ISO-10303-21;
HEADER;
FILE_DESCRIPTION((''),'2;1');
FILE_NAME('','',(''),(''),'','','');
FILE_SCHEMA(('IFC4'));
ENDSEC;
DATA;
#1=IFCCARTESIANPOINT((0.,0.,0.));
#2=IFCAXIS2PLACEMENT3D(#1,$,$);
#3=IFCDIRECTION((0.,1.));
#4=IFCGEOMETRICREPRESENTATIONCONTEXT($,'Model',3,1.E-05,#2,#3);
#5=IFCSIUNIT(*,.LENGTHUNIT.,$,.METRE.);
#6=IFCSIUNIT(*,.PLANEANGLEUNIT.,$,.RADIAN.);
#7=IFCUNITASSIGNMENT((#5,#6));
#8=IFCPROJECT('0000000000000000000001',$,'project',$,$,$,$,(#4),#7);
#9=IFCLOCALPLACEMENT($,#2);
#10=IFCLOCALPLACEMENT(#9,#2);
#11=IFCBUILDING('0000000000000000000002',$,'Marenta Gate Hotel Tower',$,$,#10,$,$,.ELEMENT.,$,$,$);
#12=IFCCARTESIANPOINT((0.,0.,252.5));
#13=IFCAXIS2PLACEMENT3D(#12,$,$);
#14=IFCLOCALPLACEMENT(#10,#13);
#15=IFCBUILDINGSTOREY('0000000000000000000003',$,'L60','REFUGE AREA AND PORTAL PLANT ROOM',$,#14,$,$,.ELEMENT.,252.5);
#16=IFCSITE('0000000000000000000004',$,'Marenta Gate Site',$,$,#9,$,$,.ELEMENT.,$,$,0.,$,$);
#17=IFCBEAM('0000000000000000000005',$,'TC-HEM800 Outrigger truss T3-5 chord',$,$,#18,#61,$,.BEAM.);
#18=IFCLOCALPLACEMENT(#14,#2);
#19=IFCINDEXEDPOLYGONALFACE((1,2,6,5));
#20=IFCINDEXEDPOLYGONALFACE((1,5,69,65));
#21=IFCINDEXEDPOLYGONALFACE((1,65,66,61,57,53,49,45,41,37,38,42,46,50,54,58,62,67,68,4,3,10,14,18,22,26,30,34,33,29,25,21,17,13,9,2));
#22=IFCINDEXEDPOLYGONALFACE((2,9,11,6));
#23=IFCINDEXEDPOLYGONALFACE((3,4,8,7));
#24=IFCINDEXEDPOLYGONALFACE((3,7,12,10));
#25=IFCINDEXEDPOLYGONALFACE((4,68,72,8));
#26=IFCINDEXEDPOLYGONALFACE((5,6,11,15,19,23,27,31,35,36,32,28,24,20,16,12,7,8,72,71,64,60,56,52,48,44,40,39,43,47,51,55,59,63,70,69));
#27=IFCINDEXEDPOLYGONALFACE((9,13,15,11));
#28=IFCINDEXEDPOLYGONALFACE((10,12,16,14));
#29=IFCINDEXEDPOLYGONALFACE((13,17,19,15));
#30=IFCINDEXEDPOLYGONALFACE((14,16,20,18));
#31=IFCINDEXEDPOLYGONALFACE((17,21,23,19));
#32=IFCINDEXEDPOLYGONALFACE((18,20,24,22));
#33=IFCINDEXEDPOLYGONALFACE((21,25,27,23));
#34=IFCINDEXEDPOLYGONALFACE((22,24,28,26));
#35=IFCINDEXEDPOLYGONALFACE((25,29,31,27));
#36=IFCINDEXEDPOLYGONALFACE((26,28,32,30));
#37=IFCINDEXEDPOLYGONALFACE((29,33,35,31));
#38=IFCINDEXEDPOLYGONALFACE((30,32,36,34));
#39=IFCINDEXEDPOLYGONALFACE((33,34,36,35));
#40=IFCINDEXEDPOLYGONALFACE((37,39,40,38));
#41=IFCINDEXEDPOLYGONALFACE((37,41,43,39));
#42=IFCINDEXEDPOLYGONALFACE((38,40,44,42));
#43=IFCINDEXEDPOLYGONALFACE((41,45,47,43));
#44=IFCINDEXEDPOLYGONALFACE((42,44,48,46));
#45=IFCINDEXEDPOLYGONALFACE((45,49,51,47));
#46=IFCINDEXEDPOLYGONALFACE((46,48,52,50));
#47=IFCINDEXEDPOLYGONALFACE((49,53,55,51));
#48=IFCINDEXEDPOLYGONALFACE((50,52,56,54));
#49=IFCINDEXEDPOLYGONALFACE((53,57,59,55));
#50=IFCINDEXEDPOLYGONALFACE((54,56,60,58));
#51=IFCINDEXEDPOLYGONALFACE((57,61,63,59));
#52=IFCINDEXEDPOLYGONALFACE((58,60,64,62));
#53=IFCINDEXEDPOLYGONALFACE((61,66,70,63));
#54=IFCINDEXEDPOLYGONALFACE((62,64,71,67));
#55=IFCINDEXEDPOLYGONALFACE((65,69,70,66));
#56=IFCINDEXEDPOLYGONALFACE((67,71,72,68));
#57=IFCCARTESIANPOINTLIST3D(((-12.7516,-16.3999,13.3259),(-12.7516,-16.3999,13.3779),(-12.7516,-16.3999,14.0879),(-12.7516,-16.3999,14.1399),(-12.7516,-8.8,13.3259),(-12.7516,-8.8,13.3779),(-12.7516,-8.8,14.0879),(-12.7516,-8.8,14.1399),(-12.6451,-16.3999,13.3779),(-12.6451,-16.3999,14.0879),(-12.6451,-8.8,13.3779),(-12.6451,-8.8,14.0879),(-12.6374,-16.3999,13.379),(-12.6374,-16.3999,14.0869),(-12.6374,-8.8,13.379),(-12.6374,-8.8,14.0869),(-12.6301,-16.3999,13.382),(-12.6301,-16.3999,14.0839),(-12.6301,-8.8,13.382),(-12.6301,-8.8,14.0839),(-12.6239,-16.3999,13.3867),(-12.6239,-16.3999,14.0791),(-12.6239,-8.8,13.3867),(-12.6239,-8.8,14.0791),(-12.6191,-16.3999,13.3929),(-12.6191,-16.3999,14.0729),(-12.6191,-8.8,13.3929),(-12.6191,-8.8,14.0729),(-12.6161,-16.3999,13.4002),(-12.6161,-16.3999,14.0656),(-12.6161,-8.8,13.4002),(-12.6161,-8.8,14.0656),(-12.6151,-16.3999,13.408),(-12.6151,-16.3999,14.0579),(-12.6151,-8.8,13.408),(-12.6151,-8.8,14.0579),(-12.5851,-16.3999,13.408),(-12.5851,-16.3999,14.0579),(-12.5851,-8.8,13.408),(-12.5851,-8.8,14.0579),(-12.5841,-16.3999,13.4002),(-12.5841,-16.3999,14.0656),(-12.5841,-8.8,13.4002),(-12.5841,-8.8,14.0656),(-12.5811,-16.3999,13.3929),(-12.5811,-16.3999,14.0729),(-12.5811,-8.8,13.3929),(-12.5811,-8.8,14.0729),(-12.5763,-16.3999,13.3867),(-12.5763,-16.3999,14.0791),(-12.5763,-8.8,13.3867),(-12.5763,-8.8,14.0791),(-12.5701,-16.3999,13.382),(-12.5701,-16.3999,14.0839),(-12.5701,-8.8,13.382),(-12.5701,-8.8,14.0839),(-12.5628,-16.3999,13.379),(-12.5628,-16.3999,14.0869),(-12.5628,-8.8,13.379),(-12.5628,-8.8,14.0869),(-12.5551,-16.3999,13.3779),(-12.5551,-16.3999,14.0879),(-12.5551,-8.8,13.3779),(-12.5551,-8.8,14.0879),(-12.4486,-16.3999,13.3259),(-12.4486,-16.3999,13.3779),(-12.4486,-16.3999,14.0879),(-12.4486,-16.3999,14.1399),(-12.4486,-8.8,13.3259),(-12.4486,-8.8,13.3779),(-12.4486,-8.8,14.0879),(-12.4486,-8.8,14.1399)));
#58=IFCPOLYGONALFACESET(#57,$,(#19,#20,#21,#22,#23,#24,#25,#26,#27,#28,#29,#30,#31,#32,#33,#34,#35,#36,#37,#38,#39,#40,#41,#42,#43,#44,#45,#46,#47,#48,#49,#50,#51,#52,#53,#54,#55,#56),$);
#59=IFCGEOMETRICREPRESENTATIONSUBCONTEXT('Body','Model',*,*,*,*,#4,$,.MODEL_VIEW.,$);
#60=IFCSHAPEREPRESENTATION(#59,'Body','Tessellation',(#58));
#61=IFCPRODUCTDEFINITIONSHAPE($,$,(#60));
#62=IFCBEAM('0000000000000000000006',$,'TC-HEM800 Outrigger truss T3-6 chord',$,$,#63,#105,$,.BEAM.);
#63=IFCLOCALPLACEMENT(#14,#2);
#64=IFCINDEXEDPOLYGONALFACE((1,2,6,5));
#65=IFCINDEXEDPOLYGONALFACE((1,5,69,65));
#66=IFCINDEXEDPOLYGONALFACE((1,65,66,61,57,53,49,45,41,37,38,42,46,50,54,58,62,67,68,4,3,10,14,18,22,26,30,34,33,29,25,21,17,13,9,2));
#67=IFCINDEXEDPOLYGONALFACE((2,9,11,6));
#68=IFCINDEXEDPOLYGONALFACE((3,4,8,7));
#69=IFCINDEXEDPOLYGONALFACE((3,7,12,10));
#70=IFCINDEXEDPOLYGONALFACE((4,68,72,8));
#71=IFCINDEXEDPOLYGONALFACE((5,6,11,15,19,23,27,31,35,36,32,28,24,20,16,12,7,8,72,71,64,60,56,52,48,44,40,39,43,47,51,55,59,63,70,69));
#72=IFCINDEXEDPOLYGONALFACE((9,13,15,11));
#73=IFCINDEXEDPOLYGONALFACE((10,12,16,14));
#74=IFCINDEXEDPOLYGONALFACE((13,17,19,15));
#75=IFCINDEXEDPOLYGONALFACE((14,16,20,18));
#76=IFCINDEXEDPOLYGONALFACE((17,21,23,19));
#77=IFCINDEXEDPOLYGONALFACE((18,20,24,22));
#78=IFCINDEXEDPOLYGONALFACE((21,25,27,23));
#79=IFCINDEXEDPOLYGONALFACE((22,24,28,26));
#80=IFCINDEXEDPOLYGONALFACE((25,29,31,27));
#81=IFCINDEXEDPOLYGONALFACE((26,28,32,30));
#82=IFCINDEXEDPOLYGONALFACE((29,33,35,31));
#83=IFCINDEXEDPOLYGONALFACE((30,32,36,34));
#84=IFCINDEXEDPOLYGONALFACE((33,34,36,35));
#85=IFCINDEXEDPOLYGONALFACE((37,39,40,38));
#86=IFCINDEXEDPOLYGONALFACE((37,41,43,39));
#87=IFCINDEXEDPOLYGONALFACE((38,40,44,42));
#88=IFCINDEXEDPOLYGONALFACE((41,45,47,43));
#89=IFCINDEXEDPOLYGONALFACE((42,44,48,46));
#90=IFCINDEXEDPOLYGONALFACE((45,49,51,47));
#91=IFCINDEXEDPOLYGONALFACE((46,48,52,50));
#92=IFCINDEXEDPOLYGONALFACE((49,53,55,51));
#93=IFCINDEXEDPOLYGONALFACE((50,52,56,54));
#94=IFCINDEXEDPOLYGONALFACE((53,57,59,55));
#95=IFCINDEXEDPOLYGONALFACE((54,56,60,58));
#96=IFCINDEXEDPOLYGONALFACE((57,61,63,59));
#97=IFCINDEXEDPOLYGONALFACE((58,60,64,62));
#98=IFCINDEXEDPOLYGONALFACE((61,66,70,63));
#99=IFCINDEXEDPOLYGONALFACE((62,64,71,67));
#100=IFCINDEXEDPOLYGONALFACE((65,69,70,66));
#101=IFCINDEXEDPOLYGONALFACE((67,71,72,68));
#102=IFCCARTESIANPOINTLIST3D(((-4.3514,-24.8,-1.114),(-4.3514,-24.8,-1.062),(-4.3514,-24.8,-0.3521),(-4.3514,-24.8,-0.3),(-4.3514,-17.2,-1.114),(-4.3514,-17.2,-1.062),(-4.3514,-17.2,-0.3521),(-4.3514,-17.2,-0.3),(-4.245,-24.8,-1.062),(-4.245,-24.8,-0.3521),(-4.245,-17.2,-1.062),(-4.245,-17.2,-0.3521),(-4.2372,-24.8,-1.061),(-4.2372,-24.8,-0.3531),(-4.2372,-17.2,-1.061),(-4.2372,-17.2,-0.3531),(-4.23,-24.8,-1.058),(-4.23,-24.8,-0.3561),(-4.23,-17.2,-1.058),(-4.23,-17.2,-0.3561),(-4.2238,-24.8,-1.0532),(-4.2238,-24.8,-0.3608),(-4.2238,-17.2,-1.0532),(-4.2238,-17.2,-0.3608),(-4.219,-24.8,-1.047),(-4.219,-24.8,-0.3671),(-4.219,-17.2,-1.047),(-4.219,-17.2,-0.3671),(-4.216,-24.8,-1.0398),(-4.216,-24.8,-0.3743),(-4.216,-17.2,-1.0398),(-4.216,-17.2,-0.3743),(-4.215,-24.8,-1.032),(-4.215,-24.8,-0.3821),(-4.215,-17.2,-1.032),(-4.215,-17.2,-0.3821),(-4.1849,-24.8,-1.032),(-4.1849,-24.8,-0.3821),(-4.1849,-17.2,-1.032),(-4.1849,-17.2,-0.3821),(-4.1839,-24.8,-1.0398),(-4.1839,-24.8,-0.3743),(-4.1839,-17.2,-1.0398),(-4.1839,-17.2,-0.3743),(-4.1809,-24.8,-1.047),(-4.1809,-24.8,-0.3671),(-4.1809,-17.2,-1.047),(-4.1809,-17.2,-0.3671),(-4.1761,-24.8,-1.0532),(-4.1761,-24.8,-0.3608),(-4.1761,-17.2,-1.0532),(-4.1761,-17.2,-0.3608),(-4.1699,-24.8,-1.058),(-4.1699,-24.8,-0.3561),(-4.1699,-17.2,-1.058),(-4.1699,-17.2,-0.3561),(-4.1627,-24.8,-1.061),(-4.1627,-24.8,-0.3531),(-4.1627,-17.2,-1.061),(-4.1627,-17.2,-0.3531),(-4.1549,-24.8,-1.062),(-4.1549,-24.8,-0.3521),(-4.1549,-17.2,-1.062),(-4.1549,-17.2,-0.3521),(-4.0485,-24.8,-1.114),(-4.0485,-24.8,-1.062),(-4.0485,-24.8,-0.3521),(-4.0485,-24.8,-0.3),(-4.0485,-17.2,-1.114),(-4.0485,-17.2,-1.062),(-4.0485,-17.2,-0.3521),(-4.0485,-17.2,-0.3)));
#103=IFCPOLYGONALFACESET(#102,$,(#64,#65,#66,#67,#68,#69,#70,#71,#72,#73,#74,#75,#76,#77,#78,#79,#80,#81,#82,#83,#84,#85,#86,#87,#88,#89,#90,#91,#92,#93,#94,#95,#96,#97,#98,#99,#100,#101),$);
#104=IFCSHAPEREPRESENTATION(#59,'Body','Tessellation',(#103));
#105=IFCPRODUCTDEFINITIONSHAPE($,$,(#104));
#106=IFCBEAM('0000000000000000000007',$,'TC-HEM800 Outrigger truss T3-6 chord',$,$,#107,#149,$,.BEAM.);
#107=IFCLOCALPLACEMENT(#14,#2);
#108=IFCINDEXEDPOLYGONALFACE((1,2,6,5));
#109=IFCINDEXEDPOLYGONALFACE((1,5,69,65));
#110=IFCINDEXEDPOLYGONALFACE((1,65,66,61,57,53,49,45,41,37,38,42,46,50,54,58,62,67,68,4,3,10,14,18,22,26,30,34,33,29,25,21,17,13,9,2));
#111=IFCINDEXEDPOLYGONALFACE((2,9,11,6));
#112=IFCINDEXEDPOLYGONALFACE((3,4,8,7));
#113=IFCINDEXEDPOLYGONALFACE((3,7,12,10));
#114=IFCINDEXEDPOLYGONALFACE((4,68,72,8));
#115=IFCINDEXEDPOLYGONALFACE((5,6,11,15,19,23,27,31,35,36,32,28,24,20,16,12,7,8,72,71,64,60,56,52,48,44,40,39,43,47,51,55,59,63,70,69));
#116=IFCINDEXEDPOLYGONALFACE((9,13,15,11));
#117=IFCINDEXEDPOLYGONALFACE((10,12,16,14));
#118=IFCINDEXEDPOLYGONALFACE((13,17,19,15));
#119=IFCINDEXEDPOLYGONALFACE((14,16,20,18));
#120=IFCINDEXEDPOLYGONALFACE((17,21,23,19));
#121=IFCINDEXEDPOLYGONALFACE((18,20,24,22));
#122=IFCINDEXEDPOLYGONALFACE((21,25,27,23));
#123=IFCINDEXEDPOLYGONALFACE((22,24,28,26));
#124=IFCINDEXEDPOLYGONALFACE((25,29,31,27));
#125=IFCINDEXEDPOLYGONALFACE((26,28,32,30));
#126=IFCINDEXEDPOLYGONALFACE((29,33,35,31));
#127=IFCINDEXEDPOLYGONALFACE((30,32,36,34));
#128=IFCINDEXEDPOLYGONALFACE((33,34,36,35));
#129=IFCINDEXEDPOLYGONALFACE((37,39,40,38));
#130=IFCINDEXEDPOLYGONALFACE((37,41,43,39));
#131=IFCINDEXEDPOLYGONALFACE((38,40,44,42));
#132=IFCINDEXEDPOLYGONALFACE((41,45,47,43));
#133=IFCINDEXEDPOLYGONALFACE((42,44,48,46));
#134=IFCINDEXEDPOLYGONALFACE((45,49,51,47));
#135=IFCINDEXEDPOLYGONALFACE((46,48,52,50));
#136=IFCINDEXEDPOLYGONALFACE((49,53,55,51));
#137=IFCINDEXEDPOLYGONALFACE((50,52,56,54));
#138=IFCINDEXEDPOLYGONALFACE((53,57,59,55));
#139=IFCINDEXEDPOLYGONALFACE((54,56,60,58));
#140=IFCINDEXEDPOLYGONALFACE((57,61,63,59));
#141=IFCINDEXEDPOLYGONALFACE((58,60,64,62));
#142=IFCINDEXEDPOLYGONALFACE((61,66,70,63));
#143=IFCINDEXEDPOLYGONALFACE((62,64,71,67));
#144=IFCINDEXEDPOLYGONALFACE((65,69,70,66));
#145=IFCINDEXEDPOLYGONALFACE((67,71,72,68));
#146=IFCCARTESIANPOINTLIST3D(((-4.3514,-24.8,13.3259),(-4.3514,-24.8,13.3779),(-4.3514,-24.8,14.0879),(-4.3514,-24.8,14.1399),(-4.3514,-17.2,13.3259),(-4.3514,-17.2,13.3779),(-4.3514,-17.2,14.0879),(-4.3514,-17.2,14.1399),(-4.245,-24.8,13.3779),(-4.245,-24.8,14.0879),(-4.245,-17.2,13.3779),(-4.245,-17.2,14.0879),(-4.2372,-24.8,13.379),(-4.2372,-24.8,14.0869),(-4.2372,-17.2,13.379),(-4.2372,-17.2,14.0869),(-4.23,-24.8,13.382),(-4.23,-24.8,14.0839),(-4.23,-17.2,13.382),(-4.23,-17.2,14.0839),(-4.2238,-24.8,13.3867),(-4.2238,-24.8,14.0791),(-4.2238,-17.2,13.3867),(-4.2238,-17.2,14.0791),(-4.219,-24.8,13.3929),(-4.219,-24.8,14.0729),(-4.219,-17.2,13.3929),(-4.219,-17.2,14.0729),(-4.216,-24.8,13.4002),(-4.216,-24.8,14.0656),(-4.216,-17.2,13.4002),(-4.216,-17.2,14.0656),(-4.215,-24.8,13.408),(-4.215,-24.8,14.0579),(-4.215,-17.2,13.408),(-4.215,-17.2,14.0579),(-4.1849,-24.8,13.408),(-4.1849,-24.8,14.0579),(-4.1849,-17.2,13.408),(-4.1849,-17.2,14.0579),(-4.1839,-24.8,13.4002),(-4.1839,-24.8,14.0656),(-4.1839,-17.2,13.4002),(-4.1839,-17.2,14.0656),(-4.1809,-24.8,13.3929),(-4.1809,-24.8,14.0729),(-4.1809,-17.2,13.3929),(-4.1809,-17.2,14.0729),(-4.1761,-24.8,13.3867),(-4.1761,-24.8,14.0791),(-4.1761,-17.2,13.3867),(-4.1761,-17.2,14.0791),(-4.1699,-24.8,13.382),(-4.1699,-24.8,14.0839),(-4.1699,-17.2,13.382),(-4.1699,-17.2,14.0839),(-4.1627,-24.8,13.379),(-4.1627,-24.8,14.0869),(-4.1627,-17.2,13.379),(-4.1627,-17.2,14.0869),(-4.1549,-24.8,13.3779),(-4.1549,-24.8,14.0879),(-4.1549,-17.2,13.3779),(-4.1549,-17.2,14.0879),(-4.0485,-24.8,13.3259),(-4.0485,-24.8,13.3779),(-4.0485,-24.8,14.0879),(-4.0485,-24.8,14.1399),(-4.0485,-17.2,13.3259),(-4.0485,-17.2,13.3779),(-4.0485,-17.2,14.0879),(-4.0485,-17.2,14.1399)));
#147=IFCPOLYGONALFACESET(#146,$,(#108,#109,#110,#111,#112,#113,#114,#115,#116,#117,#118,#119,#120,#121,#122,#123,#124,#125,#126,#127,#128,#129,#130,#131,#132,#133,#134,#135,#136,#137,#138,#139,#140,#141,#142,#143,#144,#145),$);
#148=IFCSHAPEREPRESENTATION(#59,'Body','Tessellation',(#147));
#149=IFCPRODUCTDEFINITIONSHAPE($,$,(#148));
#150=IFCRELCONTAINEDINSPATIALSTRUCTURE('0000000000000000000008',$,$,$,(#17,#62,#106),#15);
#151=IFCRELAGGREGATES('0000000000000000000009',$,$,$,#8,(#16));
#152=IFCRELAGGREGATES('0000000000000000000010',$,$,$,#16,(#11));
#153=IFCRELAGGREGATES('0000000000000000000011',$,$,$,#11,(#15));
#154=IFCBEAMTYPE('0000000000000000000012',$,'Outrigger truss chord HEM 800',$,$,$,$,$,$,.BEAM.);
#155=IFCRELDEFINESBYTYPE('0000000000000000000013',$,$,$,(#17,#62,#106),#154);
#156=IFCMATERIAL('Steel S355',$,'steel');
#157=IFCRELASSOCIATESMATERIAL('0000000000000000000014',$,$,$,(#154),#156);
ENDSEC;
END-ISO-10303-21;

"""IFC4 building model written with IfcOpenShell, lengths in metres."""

from ifc_helpers import new_model, si_unit, direction, frame, origin, origin_2d, place, context, subcontext, project, spatial, i_section, extrude, material, material_profile, profile_set, type_object, element, save


model = new_model("IFC4")

# Units and contexts
model_context = context("Model", 3, precision=1e-05, world=origin(), true_north=direction((0.0, 1.0)))
body_context = subcontext(model_context, "Body", "Model", "MODEL_VIEW")
ifc_project = project(units=[si_unit("LENGTHUNIT", "METRE"), si_unit("PLANEANGLEUNIT", "RADIAN")], contexts=[model_context])

# Site, building, storey
site_placement = place(None, origin())
site = spatial("IfcSite", under=ifc_project, at=site_placement, Name="Marenta Gate Site", CompositionType="ELEMENT", RefElevation=0.0)
building_placement = place(site_placement, origin())
building = spatial("IfcBuilding", under=site, at=building_placement, Name="Marenta Gate Hotel Tower", CompositionType="ELEMENT")
storey_placement = place(building_placement, frame((0.0, 0.0, 252.5)))
storey = spatial("IfcBuildingStorey", under=building, at=storey_placement, Name="L60", Description="REFUGE AREA AND PORTAL PLANT ROOM", CompositionType="ELEMENT", Elevation=252.5)

# Beams
ifc_material_1 = material(Name="Steel S355", Category="steel")
ifc_material_profile_1 = material_profile(ifc_material_1, i_section(OverallWidth=0.303, OverallDepth=0.814, WebThickness=0.03, FlangeThickness=0.052, FilletRadius=0.03, at=origin_2d()), Name="HEM 800")
ifc_profile_set_1 = profile_set([ifc_material_profile_1], Name="Steel S355")
beam_type_1 = type_object("IfcBeamType", Name="Outrigger truss chord HEM 800", PredefinedType="BEAM", material=ifc_profile_set_1)
beam_1_placement = place(storey_placement, frame((-12.6001, -8.8, 13.7329), z_axis=(0.0, -1.0, 0.0), x_axis=(1.0, 0.0, 0.0)))
element("IfcBeam", 1, at=beam_1_placement, inside=storey, type_object=beam_type_1, Name="TC-HEM800 Outrigger truss T3-5 chord", PredefinedType="BEAM", context=body_context, shape_type="SweptSolid", body=[
    extrude(i_section(OverallWidth=0.303, OverallDepth=0.814, WebThickness=0.03, FlangeThickness=0.052, FilletRadius=0.03, at=origin_2d()), origin(), (0.0, 0.0, 1.0), 7.5999),
])
for number, where, z_axis, x_axis, name in (
    (2, (-4.2, -17.2, -0.707), (0.0, -1.0, 0.0), (1.0, 0.0, 0.0), "TC-HEM800 Outrigger truss T3-6 chord"),
    (3, (-4.2, -17.2, 13.7329), (0.0, -1.0, 0.0), (1.0, 0.0, 0.0), "TC-HEM800 Outrigger truss T3-6 chord"),
):
    element("IfcBeam", number, at=place(storey_placement, frame(where, z_axis=z_axis, x_axis=x_axis)), inside=storey, type_object=beam_type_1, Name=name, PredefinedType="BEAM", context=body_context, shape_type="SweptSolid", body=[
        extrude(i_section(OverallWidth=0.303, OverallDepth=0.814, WebThickness=0.03, FlangeThickness=0.052, FilletRadius=0.03, at=origin_2d()), origin(), (0.0, 0.0, 1.0), 7.6001),
    ])

save(model, "model.ifc")
